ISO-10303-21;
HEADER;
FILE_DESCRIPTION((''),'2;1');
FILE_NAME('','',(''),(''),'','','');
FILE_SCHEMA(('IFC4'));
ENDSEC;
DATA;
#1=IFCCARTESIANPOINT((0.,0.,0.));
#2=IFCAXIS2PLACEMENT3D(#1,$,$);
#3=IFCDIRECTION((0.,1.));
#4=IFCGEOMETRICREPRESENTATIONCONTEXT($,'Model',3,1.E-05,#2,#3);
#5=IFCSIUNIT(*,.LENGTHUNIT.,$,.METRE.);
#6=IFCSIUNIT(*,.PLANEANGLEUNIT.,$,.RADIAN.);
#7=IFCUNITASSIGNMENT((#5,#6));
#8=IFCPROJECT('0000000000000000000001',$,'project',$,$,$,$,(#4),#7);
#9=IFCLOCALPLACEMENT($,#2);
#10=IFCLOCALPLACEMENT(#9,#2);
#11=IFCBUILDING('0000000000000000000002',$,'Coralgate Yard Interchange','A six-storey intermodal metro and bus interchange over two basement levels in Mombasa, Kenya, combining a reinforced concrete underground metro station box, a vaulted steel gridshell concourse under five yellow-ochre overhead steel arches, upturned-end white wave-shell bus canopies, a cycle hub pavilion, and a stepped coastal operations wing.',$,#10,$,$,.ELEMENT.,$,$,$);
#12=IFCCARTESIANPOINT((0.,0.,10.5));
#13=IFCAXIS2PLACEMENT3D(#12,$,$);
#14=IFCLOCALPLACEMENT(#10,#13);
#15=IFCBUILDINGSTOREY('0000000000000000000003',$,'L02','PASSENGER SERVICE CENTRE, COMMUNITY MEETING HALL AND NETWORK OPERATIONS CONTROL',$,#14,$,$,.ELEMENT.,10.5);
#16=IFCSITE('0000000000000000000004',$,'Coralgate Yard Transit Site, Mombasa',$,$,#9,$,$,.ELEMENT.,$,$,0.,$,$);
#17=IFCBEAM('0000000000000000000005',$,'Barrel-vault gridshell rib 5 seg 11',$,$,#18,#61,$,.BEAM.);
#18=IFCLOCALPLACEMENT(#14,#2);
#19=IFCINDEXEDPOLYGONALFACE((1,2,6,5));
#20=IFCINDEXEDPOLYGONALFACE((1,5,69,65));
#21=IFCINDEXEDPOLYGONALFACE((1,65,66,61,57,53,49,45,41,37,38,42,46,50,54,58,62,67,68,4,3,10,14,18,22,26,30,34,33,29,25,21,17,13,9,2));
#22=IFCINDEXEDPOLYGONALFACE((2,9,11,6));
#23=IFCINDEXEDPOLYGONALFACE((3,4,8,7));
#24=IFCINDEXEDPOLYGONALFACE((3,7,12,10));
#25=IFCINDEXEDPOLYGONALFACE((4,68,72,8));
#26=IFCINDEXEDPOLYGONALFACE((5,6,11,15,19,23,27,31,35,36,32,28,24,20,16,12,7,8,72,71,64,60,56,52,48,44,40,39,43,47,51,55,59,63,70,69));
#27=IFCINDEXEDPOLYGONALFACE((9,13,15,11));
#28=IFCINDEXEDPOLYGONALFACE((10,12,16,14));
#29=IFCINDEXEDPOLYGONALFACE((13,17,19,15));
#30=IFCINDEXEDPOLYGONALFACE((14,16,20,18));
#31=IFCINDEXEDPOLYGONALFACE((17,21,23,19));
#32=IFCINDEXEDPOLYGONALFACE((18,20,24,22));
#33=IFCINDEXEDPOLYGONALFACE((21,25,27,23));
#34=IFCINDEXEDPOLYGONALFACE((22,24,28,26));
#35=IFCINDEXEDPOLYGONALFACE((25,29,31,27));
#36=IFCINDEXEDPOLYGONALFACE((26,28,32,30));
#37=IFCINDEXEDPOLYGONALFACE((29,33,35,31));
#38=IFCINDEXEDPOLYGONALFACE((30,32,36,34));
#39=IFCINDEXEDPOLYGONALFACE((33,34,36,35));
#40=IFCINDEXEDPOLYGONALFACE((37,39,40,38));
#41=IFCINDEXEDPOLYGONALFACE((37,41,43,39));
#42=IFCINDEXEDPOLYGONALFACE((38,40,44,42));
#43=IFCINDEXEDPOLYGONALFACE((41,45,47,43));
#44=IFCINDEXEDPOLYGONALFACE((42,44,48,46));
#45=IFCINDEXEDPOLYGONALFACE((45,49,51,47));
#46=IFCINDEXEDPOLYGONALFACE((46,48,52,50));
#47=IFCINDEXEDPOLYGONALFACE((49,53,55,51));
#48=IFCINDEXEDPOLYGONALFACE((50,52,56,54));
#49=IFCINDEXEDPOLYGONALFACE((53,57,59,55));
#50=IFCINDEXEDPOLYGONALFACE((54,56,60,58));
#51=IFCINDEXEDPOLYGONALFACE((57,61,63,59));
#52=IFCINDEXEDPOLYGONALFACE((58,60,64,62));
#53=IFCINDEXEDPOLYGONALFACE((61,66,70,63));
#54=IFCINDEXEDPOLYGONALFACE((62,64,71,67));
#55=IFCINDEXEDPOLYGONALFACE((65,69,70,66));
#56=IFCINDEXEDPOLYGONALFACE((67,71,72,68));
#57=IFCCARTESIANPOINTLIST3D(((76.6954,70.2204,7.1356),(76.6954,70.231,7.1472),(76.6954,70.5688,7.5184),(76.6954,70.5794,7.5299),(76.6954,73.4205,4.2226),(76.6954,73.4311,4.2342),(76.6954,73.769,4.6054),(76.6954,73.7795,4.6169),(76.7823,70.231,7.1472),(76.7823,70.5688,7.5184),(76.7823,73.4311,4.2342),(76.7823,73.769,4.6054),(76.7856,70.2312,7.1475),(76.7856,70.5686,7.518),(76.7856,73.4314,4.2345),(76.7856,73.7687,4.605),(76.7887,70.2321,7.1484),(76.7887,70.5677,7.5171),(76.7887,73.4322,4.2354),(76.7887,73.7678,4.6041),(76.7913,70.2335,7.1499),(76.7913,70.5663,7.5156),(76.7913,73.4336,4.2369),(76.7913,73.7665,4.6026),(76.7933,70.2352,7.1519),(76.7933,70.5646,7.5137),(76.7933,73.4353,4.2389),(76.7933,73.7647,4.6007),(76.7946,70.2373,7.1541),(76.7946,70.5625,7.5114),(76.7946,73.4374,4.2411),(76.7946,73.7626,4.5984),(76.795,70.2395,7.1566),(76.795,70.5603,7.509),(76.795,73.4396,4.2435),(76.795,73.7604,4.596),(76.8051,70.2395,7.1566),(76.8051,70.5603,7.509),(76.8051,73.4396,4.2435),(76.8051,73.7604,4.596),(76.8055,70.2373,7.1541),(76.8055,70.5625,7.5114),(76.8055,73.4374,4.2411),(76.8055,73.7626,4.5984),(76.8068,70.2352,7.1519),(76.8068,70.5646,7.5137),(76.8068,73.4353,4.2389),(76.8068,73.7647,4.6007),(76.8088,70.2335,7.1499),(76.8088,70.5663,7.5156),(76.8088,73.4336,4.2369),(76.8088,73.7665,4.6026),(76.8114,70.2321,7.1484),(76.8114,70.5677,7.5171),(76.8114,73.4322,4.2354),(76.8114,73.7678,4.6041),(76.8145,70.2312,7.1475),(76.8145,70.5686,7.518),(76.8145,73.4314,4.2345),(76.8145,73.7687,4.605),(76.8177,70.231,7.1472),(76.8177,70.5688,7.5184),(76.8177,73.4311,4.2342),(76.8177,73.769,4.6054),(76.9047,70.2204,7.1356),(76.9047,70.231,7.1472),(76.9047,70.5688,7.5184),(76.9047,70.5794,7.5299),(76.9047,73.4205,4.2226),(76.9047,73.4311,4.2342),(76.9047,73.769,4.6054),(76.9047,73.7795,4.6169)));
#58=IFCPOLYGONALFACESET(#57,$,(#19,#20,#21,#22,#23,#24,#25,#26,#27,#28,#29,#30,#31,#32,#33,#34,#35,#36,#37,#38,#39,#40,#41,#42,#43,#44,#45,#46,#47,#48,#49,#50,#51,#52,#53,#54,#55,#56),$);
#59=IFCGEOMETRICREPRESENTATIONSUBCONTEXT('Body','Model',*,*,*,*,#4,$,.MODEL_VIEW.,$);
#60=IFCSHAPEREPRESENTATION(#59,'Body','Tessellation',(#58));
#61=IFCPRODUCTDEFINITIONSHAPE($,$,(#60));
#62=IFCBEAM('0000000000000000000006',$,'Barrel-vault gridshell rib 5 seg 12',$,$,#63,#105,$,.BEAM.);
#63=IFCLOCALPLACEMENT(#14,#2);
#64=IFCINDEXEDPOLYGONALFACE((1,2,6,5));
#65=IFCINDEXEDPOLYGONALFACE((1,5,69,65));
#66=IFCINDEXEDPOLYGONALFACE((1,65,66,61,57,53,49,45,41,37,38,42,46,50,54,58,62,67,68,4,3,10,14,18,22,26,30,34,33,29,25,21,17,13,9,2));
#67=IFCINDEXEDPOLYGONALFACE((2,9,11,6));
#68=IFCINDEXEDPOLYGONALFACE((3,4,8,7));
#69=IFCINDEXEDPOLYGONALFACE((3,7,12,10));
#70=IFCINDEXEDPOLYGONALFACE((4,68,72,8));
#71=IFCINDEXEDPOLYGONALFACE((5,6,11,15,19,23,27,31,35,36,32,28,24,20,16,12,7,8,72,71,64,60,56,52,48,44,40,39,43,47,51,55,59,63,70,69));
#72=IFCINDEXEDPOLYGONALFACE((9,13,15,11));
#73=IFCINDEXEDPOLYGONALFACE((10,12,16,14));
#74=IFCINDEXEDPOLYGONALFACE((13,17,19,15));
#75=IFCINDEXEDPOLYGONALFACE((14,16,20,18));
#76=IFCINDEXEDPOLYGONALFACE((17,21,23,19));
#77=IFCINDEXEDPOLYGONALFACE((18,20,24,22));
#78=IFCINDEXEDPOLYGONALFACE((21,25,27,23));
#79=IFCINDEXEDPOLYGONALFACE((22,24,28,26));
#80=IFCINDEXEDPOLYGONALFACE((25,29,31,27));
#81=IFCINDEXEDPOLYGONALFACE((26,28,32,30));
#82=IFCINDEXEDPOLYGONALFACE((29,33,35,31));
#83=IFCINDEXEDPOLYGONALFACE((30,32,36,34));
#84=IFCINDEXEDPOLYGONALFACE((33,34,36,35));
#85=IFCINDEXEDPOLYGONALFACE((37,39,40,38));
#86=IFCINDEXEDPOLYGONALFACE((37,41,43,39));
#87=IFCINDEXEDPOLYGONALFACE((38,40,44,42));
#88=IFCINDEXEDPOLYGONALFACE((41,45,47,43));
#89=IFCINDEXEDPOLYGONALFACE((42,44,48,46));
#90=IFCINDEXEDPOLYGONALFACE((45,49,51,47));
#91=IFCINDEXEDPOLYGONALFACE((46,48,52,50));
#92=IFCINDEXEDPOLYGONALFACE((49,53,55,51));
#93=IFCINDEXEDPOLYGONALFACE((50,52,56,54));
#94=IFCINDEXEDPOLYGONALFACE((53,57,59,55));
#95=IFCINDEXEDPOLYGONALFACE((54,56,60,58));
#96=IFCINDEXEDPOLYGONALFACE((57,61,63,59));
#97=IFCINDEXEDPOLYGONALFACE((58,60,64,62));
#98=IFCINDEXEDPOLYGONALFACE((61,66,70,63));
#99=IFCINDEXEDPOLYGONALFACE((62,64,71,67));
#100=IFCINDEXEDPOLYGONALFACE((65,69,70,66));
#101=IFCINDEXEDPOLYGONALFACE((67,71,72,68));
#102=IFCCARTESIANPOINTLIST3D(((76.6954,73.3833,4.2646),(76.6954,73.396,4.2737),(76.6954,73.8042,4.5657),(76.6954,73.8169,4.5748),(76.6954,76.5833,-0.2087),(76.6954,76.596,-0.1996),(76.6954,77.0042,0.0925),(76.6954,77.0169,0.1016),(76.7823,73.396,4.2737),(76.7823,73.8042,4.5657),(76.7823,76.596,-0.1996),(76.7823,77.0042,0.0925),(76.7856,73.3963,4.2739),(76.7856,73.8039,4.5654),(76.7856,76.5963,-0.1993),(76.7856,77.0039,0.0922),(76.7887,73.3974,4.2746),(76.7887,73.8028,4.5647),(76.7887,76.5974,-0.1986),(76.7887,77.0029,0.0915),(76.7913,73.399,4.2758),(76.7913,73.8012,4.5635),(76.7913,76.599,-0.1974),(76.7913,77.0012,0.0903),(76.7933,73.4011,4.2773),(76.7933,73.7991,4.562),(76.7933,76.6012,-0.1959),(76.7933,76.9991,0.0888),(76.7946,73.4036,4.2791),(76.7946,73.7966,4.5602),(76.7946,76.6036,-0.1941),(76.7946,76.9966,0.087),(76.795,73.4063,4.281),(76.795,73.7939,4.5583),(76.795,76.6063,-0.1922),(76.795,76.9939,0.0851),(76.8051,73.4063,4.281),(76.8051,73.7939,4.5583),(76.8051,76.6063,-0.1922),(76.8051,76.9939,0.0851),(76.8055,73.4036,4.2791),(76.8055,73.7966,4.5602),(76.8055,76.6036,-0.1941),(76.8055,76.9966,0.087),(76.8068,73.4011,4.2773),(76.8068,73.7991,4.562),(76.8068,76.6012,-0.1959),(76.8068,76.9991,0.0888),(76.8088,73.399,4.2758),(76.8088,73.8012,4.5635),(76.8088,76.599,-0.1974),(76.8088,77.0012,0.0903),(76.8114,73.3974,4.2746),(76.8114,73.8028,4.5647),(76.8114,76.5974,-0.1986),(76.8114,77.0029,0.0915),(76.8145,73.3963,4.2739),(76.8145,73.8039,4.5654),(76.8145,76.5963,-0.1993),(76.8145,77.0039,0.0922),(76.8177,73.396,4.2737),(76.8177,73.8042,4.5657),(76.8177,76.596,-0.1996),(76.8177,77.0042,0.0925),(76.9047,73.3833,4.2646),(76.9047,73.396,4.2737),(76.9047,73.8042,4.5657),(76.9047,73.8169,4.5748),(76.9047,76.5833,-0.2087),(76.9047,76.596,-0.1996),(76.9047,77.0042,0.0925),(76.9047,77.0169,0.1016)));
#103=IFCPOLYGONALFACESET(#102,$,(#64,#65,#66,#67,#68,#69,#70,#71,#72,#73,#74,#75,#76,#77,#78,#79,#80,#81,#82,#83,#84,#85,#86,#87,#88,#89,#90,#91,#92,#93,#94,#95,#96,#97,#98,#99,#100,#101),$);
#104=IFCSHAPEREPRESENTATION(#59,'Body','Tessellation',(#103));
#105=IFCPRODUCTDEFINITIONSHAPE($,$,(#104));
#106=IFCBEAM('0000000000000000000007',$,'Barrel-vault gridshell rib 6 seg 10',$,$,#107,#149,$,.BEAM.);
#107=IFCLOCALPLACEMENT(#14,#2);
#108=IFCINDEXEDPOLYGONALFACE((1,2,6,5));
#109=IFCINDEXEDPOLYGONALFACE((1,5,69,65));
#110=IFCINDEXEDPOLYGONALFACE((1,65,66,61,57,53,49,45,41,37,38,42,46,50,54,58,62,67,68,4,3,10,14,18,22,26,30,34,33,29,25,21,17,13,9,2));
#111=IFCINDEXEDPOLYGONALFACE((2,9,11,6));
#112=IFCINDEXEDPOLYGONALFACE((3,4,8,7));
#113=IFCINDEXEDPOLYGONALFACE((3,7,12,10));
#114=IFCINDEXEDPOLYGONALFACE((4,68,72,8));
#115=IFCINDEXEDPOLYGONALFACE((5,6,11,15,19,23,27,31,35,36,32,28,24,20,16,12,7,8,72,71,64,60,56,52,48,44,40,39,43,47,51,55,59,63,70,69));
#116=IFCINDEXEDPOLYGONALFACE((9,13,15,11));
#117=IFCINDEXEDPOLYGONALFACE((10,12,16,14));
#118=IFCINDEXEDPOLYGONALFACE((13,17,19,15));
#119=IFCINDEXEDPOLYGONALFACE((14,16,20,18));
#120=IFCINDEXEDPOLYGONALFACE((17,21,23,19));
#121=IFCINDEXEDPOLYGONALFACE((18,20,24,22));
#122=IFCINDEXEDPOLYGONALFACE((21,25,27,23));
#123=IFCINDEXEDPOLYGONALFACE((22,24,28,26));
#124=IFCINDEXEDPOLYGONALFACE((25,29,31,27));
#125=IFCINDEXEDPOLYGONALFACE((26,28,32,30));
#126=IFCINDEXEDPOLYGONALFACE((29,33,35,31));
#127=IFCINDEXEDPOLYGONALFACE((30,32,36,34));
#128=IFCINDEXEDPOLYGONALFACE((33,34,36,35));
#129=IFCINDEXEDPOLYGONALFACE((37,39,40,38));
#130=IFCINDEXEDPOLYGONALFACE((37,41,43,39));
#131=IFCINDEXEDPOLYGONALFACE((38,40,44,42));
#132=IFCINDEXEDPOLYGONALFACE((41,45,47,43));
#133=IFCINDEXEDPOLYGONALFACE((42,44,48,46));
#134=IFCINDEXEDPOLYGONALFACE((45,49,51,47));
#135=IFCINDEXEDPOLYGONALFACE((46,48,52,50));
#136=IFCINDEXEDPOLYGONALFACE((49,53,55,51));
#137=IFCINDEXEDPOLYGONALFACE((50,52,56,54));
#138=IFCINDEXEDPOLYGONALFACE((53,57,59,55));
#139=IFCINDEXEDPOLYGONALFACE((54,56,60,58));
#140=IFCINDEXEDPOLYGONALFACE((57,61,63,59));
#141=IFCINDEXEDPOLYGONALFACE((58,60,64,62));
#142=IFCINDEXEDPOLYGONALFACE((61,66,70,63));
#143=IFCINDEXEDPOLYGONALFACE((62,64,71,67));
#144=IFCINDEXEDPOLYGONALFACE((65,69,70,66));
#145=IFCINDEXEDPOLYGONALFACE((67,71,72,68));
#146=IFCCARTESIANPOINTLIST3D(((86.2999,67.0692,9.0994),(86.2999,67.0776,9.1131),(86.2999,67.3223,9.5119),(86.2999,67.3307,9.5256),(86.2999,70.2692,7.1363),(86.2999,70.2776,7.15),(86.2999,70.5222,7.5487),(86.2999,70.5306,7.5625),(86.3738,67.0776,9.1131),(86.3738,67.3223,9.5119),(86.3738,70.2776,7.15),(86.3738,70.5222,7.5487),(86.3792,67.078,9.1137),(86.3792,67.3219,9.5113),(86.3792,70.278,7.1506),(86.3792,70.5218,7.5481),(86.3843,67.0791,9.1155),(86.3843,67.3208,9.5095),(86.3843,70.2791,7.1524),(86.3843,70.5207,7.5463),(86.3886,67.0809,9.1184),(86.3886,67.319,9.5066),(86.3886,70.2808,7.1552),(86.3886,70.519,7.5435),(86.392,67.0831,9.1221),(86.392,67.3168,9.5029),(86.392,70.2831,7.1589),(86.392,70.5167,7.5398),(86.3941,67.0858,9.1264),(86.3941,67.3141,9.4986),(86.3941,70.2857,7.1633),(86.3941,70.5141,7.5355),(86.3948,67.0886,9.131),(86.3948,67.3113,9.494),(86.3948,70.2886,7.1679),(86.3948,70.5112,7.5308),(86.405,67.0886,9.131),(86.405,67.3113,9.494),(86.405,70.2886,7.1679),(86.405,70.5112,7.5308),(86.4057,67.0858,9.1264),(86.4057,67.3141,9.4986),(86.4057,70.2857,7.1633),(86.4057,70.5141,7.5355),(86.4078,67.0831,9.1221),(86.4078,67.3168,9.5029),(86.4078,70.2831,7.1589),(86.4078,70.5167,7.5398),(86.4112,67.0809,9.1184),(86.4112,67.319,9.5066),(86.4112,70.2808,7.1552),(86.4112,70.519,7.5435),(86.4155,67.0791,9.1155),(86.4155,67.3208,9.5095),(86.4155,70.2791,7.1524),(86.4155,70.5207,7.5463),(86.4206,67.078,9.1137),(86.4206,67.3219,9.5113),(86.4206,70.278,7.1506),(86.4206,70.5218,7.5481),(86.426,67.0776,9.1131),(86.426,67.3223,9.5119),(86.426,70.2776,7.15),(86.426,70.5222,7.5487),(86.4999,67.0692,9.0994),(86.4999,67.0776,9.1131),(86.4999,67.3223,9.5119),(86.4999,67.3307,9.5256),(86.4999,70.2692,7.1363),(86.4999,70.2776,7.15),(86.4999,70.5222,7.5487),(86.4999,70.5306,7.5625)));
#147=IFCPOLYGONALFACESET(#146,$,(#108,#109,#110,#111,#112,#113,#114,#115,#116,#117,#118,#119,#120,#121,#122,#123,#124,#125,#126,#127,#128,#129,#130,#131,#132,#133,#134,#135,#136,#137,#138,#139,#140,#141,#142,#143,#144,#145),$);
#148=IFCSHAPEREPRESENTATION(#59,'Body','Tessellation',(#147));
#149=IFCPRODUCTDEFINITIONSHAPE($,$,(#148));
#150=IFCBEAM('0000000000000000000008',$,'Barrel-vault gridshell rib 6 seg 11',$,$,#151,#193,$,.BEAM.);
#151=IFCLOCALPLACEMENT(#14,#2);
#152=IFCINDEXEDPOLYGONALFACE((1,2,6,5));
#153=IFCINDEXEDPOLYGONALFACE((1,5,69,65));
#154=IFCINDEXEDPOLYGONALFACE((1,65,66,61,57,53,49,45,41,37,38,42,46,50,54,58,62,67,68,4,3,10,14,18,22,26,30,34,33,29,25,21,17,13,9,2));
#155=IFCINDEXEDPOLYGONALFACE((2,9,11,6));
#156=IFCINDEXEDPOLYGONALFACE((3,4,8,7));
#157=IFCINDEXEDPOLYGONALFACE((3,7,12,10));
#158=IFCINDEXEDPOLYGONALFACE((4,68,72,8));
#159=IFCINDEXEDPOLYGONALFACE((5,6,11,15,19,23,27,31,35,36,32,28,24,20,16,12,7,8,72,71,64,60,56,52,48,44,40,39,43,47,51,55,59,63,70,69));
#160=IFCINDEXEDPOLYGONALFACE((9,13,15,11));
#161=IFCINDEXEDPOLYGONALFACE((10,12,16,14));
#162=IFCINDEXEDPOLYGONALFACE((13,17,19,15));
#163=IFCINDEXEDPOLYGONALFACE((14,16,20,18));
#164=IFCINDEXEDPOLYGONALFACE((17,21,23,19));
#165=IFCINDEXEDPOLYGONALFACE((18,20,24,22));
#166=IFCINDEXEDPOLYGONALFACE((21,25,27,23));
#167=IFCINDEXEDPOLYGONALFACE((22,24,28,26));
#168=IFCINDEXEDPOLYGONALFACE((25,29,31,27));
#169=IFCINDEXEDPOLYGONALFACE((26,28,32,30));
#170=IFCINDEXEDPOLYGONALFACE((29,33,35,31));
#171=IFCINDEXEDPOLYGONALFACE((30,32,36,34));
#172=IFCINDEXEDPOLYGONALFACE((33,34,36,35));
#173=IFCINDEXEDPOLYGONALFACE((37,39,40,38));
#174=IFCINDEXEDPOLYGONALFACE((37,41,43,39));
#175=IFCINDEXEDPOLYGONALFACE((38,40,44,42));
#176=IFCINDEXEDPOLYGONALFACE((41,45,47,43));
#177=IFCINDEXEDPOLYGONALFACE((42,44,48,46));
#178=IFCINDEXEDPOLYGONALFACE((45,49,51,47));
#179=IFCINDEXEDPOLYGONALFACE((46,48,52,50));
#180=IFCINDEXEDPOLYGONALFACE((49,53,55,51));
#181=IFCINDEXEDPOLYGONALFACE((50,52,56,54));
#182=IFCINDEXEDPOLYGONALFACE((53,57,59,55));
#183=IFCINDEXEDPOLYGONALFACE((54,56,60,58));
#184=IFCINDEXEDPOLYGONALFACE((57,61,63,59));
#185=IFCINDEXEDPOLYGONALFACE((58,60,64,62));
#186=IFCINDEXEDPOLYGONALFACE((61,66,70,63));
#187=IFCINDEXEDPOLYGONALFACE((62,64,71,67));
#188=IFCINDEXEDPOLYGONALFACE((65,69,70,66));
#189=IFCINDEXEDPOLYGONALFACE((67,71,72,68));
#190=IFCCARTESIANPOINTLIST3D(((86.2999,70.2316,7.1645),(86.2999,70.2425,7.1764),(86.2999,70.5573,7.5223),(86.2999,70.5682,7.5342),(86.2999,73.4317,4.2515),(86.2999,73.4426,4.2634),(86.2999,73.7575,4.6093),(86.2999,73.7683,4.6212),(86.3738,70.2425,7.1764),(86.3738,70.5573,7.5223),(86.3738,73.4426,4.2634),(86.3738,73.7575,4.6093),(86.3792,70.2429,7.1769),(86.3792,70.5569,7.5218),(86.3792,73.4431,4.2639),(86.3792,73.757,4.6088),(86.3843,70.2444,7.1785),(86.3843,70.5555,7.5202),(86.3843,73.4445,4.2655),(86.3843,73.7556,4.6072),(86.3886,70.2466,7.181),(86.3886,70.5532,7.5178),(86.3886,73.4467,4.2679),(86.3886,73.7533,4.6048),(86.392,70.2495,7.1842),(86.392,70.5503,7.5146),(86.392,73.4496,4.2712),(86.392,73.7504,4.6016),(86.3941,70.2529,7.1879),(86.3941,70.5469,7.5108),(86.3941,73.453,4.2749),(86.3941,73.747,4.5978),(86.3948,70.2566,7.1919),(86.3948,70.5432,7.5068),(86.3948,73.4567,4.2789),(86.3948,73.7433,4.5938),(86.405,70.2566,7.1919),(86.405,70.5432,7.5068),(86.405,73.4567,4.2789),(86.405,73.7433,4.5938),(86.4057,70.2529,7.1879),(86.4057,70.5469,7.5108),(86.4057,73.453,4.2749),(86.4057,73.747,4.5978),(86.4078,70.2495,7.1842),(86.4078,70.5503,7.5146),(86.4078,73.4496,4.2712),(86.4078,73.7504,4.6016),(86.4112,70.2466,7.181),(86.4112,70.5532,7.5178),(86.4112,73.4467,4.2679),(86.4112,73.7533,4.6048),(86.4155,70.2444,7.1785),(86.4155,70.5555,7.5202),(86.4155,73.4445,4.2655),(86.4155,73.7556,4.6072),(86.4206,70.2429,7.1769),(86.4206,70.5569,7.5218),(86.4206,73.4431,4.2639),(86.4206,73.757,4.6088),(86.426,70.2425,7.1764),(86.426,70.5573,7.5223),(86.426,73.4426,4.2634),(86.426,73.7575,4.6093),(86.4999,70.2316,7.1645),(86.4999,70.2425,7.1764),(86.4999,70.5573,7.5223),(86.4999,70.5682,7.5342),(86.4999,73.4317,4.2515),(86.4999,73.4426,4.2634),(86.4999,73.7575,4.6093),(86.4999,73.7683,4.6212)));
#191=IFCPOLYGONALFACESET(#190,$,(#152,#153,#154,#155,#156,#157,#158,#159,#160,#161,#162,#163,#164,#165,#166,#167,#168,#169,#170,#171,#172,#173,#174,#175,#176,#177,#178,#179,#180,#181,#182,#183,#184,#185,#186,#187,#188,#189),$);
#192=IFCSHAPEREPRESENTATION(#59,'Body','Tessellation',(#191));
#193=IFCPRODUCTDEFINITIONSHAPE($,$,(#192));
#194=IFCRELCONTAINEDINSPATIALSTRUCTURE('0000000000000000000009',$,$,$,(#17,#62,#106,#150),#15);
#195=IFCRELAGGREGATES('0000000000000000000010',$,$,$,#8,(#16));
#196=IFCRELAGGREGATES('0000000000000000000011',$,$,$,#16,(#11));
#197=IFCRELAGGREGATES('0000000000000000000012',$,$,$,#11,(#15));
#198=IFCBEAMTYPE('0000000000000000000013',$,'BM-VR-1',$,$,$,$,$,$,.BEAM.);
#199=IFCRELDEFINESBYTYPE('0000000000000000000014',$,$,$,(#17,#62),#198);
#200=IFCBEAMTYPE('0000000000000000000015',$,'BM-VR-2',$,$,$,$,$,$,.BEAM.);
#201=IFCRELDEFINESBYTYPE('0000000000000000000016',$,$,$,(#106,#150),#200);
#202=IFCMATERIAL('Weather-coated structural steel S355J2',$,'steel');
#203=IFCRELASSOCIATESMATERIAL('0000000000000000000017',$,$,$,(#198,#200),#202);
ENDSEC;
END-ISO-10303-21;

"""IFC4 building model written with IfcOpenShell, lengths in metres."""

from ifc_helpers import new_model, si_unit, direction, frame, origin, origin_2d, place, context, subcontext, project, spatial, i_section, extrude, material, material_profile, profile_set, type_object, element, save


model = new_model("IFC4")

# Units and contexts
model_context = context("Model", 3, precision=1e-05, world=origin(), true_north=direction((0.0, 1.0)))
body_context = subcontext(model_context, "Body", "Model", "MODEL_VIEW")
ifc_project = project(units=[si_unit("LENGTHUNIT", "METRE"), si_unit("PLANEANGLEUNIT", "RADIAN")], contexts=[model_context])

# Site, building, storey
site_placement = place(None, origin())
site = spatial("IfcSite", under=ifc_project, at=site_placement, Name="Coralgate Yard Transit Site, Mombasa", CompositionType="ELEMENT", RefElevation=0.0)
building_placement = place(site_placement, origin())
building = spatial("IfcBuilding", under=site, at=building_placement, Name="Coralgate Yard Interchange", Description="A six-storey intermodal metro and bus interchange over two basement levels in Mombasa, Kenya, combining a reinforced concrete underground metro station box, a vaulted steel gridshell concourse under five yellow-ochre overhead steel arches, upturned-end white wave-shell bus canopies, a cycle hub pavilion, and a stepped coastal operations wing.", CompositionType="ELEMENT")
storey_placement = place(building_placement, frame((0.0, 0.0, 10.5)))
storey = spatial("IfcBuildingStorey", under=building, at=storey_placement, Name="L02", Description="PASSENGER SERVICE CENTRE, COMMUNITY MEETING HALL AND NETWORK OPERATIONS CONTROL", CompositionType="ELEMENT", Elevation=10.5)

# Beams
ifc_material_1 = material(Name="Weather-coated structural steel S355J2", Category="steel")
ifc_material_profile_1 = material_profile(ifc_material_1, i_section(OverallWidth=0.2092, OverallDepth=0.5332, WebThickness=0.01, FlangeThickness=0.0156, FilletRadius=0.0127, at=origin_2d()), Name="UB 533x210x92")
ifc_profile_set_1 = profile_set([ifc_material_profile_1], Name="Weather-coated structural steel S355J2")
beam_type_1 = type_object("IfcBeamType", Name="BM-VR-1", PredefinedType="BEAM", material=ifc_profile_set_1)
beam_1_placement = place(storey_placement, frame((76.8, 70.3999, 7.3328), z_axis=(0.0, 0.739501, -0.673156), x_axis=(-1.0, 0.0, 0.0)))
element("IfcBeam", 1, at=beam_1_placement, inside=storey, type_object=beam_type_1, Name="Barrel-vault gridshell rib 5 seg 11", PredefinedType="BEAM", context=body_context, shape_type="SweptSolid", body=[
    extrude(i_section(OverallWidth=0.2092, OverallDepth=0.5332, WebThickness=0.01, FlangeThickness=0.0156, FilletRadius=0.0127, at=origin_2d()), origin(), (0.0, 0.0, 1.0), 4.3274),
])
beam_2_placement = place(storey_placement, frame((76.8, 73.6001, 4.4197), z_axis=(0.0, 0.581822, -0.813316), x_axis=(-1.0, 0.0, 0.0)))
element("IfcBeam", 2, at=beam_2_placement, inside=storey, type_object=beam_type_1, Name="Barrel-vault gridshell rib 5 seg 12", PredefinedType="BEAM", context=body_context, shape_type="SweptSolid", body=[
    extrude(i_section(OverallWidth=0.2092, OverallDepth=0.5332, WebThickness=0.01, FlangeThickness=0.0156, FilletRadius=0.0127, at=origin_2d()), origin(), (0.0, 0.0, 1.0), 5.5),
])
ifc_material_profile_2 = material_profile(ifc_material_1, i_section(OverallWidth=0.2, OverallDepth=0.5, WebThickness=0.0103, FlangeThickness=0.0161, FilletRadius=0.021, at=origin_2d()), Name="IPE 500")
ifc_profile_set_2 = profile_set([ifc_material_profile_2], Name="Weather-coated structural steel S355J2")
beam_type_2 = type_object("IfcBeamType", Name="BM-VR-2", PredefinedType="BEAM", material=ifc_profile_set_2)
beam_3_placement = place(storey_placement, frame((86.3999, 67.2, 9.3125), z_axis=(0.0, 0.852379, -0.522925), x_axis=(-1.0, 0.0, 0.0)))
element("IfcBeam", 3, at=beam_3_placement, inside=storey, type_object=beam_type_2, Name="Barrel-vault gridshell rib 6 seg 10", PredefinedType="BEAM", context=body_context, shape_type="SweptSolid", body=[
    extrude(i_section(OverallWidth=0.2, OverallDepth=0.5, WebThickness=0.0103, FlangeThickness=0.0161, FilletRadius=0.021, at=origin_2d()), origin(), (0.0, 0.0, 1.0), 3.7542),
])
beam_4_placement = place(storey_placement, frame((86.3999, 70.3999, 7.3494), z_axis=(0.0, 0.739501, -0.673156), x_axis=(-1.0, 0.0, 0.0)))
element("IfcBeam", 4, at=beam_4_placement, inside=storey, type_object=beam_type_2, Name="Barrel-vault gridshell rib 6 seg 11", PredefinedType="BEAM", context=body_context, shape_type="SweptSolid", body=[
    extrude(i_section(OverallWidth=0.2, OverallDepth=0.5, WebThickness=0.0103, FlangeThickness=0.0161, FilletRadius=0.021, at=origin_2d()), origin(), (0.0, 0.0, 1.0), 4.3274),
])

save(model, "model.ifc")
